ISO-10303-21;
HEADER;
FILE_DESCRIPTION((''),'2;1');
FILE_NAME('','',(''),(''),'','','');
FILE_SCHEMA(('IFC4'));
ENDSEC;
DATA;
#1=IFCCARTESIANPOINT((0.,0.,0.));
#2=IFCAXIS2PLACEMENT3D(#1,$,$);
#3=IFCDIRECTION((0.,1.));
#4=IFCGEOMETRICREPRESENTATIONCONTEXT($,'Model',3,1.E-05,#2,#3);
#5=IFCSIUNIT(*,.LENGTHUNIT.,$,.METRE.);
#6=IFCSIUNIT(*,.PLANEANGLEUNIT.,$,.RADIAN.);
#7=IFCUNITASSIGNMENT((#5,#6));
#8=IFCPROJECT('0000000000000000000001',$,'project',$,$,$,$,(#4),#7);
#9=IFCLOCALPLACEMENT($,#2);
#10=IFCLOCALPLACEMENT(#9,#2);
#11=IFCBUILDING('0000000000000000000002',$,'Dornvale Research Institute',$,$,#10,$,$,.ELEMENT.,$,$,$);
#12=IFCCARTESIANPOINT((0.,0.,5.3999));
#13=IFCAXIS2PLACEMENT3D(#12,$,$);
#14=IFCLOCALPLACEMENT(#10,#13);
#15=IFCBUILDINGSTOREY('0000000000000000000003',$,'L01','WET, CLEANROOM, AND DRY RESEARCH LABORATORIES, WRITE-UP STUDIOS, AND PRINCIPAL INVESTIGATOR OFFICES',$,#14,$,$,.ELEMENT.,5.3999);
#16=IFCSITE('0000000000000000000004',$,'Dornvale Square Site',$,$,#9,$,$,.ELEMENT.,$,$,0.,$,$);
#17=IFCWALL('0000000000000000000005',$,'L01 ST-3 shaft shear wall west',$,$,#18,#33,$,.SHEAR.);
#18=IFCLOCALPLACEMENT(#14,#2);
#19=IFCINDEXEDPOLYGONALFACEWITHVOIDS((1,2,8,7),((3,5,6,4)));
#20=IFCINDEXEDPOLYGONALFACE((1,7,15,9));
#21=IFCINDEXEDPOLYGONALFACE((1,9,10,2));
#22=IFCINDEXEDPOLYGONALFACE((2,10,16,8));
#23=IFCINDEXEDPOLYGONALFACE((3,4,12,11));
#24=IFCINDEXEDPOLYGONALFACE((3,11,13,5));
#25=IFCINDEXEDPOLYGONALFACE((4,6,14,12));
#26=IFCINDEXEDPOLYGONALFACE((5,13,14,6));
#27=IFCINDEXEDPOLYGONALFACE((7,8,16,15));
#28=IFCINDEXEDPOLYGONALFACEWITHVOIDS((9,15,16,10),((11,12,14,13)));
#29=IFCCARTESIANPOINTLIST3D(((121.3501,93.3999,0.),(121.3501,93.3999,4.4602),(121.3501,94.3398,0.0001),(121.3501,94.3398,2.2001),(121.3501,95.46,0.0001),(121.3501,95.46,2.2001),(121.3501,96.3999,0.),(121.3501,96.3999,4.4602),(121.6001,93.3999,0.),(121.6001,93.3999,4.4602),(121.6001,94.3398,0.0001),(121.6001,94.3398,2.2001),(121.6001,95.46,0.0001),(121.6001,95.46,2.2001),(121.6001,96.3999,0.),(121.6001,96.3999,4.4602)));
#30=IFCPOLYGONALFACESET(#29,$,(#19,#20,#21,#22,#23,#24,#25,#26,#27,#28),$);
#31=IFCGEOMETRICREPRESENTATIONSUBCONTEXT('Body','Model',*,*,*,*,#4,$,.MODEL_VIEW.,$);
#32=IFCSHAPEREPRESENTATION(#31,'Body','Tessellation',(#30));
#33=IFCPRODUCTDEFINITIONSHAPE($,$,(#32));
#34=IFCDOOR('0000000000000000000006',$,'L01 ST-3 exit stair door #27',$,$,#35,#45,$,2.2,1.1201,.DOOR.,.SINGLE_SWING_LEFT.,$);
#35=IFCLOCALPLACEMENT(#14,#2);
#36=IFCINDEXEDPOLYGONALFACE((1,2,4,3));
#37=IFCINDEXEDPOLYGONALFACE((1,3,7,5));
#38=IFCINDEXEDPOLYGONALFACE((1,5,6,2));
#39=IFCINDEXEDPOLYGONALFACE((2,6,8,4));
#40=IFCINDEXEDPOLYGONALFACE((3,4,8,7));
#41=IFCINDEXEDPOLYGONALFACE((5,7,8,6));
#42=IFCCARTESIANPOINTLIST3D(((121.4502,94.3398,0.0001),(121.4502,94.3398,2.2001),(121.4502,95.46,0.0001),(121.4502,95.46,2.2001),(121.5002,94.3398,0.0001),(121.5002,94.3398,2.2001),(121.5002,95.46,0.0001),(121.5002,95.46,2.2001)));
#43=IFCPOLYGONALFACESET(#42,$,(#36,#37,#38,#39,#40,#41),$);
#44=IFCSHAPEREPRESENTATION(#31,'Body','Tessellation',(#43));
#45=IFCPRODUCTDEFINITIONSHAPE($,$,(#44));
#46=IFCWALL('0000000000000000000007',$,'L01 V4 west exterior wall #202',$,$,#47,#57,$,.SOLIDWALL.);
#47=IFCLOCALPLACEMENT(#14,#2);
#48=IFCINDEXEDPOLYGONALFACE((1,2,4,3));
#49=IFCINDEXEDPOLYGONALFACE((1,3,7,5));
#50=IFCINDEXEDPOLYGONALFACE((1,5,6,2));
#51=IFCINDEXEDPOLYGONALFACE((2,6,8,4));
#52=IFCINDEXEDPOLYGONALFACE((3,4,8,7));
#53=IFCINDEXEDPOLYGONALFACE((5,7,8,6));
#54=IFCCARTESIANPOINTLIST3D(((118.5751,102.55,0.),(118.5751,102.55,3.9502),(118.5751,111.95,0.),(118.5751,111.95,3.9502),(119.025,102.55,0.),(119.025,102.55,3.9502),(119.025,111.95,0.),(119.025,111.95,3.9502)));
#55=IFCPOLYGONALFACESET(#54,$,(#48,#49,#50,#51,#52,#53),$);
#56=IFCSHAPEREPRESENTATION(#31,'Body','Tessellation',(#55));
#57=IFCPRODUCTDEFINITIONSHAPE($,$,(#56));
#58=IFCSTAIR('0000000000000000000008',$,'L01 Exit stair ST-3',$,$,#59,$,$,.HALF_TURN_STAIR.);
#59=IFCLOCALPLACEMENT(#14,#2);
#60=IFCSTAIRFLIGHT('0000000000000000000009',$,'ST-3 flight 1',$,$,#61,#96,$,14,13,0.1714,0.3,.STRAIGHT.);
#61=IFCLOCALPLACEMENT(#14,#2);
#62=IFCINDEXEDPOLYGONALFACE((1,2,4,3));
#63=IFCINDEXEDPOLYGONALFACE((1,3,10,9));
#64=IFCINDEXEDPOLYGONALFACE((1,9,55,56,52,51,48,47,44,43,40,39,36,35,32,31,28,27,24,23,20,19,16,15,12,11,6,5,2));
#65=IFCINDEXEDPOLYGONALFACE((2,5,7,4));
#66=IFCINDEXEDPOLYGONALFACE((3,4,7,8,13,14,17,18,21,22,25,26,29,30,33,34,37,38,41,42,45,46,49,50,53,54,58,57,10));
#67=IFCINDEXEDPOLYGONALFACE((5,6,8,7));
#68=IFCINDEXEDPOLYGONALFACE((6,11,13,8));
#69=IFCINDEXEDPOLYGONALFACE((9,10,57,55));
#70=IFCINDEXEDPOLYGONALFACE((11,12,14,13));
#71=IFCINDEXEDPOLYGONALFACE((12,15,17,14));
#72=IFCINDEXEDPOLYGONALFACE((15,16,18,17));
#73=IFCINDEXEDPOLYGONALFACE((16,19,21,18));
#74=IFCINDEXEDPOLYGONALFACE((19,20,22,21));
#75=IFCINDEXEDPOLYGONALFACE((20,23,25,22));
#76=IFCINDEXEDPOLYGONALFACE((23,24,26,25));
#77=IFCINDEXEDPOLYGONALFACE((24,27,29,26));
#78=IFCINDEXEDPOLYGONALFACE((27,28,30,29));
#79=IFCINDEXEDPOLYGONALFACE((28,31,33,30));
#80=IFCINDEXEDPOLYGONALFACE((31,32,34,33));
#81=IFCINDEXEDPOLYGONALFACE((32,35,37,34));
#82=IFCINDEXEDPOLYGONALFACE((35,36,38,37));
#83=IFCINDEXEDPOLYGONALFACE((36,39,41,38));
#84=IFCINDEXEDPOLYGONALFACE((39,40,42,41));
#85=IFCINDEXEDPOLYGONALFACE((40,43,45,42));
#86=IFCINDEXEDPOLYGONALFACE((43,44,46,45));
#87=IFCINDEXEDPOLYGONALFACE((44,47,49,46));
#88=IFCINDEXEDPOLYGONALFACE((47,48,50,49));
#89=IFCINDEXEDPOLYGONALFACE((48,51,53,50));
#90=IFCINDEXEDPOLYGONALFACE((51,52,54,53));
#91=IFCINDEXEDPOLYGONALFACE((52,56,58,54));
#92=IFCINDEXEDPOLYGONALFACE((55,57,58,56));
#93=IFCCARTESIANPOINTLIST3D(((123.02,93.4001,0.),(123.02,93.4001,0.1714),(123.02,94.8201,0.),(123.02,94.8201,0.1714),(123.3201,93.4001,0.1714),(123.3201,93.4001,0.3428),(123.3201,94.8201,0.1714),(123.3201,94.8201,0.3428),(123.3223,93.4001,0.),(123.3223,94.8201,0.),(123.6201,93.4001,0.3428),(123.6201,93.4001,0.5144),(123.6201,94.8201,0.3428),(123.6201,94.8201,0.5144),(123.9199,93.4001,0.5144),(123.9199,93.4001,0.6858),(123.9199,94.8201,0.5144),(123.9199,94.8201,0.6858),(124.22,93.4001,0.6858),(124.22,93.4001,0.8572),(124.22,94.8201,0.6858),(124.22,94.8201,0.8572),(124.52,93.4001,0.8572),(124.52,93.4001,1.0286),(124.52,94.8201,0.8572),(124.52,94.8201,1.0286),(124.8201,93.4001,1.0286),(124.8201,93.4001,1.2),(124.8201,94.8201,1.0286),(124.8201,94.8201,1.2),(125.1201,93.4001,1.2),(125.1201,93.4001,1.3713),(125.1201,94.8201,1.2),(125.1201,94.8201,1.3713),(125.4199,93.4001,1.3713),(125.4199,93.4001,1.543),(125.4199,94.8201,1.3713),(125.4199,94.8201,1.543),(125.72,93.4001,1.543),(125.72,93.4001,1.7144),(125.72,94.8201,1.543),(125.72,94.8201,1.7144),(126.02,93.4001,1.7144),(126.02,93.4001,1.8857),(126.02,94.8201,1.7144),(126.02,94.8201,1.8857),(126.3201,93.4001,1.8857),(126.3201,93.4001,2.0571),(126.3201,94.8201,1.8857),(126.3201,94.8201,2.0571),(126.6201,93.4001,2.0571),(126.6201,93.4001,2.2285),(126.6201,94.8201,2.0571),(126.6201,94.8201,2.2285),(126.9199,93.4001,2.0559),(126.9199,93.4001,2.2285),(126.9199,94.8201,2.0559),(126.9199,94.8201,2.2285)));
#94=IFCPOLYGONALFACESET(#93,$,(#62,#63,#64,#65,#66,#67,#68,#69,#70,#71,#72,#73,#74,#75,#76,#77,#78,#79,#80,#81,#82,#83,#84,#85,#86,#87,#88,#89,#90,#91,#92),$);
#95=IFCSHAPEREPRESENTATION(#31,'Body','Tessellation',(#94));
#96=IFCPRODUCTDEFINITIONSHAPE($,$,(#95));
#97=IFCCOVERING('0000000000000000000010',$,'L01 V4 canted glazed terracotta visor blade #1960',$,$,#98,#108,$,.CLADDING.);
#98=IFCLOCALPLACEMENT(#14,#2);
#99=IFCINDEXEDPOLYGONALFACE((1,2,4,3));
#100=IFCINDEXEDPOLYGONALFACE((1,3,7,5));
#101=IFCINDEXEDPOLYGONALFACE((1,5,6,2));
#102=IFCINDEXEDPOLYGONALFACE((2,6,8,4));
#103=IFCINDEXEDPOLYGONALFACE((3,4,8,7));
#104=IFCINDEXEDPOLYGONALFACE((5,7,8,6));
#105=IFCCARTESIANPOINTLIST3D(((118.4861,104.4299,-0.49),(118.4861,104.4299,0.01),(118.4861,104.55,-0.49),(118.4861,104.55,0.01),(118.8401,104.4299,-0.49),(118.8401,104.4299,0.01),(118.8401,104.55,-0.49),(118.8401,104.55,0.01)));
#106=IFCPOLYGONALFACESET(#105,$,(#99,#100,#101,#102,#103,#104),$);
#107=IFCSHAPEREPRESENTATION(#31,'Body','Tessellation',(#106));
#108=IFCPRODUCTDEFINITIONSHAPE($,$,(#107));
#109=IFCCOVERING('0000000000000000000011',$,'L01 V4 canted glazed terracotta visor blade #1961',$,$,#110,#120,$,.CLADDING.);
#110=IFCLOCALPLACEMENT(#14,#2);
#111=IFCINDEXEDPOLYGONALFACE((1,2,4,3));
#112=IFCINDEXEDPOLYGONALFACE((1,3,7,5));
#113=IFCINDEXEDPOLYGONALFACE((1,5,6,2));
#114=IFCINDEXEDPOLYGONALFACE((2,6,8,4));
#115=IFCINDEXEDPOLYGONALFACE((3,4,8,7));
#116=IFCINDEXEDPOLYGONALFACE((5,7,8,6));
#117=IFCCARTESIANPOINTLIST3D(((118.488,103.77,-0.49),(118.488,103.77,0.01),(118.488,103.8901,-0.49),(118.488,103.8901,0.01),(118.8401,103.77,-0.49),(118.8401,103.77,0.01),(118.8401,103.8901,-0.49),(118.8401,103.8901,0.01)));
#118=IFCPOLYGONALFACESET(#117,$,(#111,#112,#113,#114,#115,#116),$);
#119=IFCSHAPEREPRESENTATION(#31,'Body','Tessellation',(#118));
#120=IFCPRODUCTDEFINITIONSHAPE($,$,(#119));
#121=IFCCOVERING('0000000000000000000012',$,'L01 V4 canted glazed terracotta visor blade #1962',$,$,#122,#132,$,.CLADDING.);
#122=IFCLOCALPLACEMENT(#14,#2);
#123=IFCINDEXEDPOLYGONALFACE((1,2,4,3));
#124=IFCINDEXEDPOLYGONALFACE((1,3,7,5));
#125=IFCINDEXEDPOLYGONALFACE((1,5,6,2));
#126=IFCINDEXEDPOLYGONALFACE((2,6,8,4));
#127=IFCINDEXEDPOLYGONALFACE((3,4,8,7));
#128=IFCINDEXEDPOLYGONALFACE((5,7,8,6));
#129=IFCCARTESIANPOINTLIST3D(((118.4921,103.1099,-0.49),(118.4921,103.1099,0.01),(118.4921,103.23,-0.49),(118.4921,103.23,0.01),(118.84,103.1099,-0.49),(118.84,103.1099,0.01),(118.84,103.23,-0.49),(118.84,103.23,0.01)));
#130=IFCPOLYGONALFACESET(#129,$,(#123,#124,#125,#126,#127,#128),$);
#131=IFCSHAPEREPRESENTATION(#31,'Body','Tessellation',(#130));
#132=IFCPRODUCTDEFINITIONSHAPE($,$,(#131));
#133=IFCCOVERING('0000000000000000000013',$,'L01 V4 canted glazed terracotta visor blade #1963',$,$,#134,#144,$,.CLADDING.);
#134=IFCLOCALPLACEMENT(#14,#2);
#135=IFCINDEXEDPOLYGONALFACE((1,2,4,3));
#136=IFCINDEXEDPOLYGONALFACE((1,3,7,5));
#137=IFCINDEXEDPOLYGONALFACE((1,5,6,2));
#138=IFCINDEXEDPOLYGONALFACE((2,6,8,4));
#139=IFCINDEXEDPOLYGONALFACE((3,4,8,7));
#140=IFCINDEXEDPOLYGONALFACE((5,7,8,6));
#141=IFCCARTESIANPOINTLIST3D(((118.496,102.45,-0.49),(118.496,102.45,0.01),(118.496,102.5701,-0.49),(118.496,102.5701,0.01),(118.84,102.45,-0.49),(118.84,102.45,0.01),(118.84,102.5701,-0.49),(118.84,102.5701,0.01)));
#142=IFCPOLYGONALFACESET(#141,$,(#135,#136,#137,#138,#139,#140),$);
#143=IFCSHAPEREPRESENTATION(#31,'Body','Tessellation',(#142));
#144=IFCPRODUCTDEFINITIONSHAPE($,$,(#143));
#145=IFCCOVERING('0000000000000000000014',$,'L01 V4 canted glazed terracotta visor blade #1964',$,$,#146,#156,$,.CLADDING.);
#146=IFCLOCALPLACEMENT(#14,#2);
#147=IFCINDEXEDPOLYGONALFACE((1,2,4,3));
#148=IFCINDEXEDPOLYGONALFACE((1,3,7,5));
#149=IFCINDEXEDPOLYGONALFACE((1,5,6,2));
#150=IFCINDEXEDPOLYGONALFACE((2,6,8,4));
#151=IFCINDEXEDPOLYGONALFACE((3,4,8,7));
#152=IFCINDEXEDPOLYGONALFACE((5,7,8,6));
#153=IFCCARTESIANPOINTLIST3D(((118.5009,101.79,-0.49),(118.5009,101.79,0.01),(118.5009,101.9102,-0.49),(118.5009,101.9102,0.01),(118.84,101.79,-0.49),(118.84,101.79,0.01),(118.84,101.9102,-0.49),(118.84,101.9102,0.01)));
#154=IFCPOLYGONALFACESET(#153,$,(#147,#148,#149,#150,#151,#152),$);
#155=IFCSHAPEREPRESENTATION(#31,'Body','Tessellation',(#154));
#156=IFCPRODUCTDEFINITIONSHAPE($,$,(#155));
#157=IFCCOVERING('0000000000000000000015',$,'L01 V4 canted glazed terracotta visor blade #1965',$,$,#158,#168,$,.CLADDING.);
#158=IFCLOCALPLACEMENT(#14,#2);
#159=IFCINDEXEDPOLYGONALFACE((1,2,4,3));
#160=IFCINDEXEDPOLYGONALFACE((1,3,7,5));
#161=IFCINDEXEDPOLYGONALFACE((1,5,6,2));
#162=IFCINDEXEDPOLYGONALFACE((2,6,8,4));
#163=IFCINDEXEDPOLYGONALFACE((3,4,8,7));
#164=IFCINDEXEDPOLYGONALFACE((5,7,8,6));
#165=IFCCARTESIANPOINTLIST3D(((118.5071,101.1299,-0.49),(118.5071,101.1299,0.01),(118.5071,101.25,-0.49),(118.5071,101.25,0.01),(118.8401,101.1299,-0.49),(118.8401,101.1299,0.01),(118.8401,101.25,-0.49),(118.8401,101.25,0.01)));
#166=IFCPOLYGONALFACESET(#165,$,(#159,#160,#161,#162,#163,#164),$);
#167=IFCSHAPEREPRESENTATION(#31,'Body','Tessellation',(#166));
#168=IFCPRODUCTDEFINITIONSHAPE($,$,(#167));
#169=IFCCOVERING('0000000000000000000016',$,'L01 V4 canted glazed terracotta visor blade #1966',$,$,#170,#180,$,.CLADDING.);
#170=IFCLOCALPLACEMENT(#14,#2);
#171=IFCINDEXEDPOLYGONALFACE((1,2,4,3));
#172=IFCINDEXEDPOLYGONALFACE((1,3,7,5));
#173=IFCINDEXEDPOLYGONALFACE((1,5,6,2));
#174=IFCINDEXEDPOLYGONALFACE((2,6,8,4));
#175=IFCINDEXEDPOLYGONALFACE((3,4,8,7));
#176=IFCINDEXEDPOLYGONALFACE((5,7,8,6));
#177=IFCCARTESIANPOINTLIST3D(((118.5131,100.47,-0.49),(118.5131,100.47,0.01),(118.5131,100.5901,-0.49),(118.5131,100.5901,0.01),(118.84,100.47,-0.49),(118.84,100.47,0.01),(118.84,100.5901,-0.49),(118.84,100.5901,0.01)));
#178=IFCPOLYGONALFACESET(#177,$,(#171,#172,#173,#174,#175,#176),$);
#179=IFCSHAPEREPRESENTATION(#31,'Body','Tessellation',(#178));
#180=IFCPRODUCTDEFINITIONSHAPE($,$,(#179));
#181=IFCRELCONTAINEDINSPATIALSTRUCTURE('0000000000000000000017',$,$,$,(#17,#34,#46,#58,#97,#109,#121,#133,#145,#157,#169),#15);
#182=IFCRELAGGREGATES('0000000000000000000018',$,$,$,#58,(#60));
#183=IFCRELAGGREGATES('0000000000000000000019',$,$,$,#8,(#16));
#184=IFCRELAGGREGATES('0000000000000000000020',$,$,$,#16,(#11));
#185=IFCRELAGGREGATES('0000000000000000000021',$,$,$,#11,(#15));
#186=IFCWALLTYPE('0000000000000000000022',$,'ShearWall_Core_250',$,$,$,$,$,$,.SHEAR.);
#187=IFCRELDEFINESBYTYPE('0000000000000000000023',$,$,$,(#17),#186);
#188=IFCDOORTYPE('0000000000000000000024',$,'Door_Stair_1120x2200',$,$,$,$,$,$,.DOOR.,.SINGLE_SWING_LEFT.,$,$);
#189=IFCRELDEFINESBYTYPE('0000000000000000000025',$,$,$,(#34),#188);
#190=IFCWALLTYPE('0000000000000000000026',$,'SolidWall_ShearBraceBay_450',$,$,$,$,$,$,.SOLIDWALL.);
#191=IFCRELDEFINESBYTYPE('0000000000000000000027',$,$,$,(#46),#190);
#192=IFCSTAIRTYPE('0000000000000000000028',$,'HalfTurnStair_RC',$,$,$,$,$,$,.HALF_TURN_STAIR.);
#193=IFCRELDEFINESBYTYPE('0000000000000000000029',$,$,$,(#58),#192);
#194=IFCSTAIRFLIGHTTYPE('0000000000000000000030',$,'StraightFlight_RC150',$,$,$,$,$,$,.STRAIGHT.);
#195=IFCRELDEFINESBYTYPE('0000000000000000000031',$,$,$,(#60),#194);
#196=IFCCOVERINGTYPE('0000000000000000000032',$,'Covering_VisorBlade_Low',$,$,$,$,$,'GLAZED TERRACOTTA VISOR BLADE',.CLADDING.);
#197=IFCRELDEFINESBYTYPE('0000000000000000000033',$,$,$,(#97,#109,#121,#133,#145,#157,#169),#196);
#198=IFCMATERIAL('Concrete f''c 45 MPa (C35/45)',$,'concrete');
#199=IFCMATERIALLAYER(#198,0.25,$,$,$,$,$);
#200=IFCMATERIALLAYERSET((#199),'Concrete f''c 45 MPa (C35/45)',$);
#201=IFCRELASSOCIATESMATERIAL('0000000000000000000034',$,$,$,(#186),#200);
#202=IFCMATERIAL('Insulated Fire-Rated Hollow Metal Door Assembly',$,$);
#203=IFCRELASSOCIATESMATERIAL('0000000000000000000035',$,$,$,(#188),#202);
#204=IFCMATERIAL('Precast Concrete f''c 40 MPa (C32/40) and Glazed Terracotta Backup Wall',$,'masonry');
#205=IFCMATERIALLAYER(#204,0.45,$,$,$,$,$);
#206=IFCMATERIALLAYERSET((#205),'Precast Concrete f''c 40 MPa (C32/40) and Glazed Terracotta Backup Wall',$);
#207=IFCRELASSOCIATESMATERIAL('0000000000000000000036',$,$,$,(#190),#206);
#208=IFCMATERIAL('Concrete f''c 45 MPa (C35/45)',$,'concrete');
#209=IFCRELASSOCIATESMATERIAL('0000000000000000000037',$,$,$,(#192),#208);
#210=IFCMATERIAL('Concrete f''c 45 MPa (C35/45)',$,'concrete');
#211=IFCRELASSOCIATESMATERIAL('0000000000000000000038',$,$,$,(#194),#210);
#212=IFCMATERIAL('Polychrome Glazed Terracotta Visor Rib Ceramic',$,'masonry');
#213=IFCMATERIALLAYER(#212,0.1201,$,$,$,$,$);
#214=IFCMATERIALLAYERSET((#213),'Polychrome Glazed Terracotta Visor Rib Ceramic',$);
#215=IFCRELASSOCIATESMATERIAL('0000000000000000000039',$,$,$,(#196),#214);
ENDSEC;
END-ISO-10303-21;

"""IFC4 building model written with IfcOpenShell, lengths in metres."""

from ifc_helpers import new_model, si_unit, direction, frame, frame_2d, origin, origin_2d, place, context, subcontext, project, spatial, polyline, rectangle, outline, extrude, material, layer, layer_set, type_object, element, fill, aggregate, save


model = new_model("IFC4")

# Units and contexts
model_context = context("Model", 3, precision=1e-05, world=origin(), true_north=direction((0.0, 1.0)))
body_context = subcontext(model_context, "Body", "Model", "MODEL_VIEW")
ifc_project = project(units=[si_unit("LENGTHUNIT", "METRE"), si_unit("PLANEANGLEUNIT", "RADIAN")], contexts=[model_context])

# Site, building, storey
site_placement = place(None, origin())
site = spatial("IfcSite", under=ifc_project, at=site_placement, Name="Dornvale Square Site", CompositionType="ELEMENT", RefElevation=0.0)
building_placement = place(site_placement, origin())
building = spatial("IfcBuilding", under=site, at=building_placement, Name="Dornvale Research Institute", CompositionType="ELEMENT")
storey_placement = place(building_placement, frame((0.0, 0.0, 5.3999)))
storey = spatial("IfcBuildingStorey", under=building, at=storey_placement, Name="L01", Description="WET, CLEANROOM, AND DRY RESEARCH LABORATORIES, WRITE-UP STUDIOS, AND PRINCIPAL INVESTIGATOR OFFICES", CompositionType="ELEMENT", Elevation=5.3999)

# Shared definitions
ifc_material_1 = material(Name="Concrete f'c 45 MPa (C35/45)", Category="concrete")
ifc_layer_1 = layer(ifc_material_1, 0.25)
ifc_layer_set_1 = layer_set([ifc_layer_1], Name="Concrete f'c 45 MPa (C35/45)")
wall_type_1 = type_object("IfcWallType", Name="ShearWall_Core_250", PredefinedType="SHEAR", material=ifc_layer_set_1)

# Wall, opening, door
wall_1_placement = place(storey_placement, frame((121.4751, 93.3999, 0.0), z_axis=(0.0, 0.0, 1.0), x_axis=(0.0, 1.0, 0.0)))
wall_1 = element("IfcWall", 1, at=wall_1_placement, inside=storey, type_object=wall_type_1, Name="L01 ST-3 shaft shear wall west", PredefinedType="SHEAR", context=body_context, shape_type="SweptSolid", body=[
    extrude(rectangle(XDim=3.0, YDim=0.25, at=frame_2d((1.5, 0.0))), origin(), (0.0, 0.0, 1.0), 4.4602),
])
opening_placement = place(wall_1_placement, frame((0.9399, 0.0, 0.0)))
opening = element("IfcOpeningElement", 2, at=opening_placement, cuts=wall_1, PredefinedType="OPENING", context=body_context, shape_type="SweptSolid", body=[
    extrude(rectangle(XDim=1.1201, YDim=2.2, at=frame_2d((0.5601, 1.1001))), frame((0.0, 0.1399, 0.0), z_axis=(0.0, -1.0, 0.0), x_axis=(1.0, 0.0, 0.0)), (0.0, 0.0, 1.0), 0.28),
])
ifc_material_2 = material(Name="Insulated Fire-Rated Hollow Metal Door Assembly")
door_type = type_object("IfcDoorType", Name="Door_Stair_1120x2200", OperationType="SINGLE_SWING_LEFT", PredefinedType="DOOR", material=ifc_material_2)
door_placement = place(opening_placement, origin())
door = element("IfcDoor", 3, at=door_placement, inside=storey, type_object=door_type, Name="L01 ST-3 exit stair door #27", OperationType="SINGLE_SWING_LEFT", OverallHeight=2.2, OverallWidth=1.1201, PredefinedType="DOOR", context=body_context, shape_type="SweptSolid", body=[
    extrude(rectangle(XDim=1.1201, YDim=2.2, at=frame_2d((0.5601, 1.1001))), frame((0.0, 0.0249, 0.0), z_axis=(0.0, -1.0, 0.0), x_axis=(1.0, 0.0, 0.0)), (0.0, 0.0, 1.0), 0.05),
])
fill(opening, door)

# Wall
ifc_material_3 = material(Name="Precast Concrete f'c 40 MPa (C32/40) and Glazed Terracotta Backup Wall", Category="masonry")
ifc_layer_2 = layer(ifc_material_3, 0.45)
ifc_layer_set_2 = layer_set([ifc_layer_2], Name="Precast Concrete f'c 40 MPa (C32/40) and Glazed Terracotta Backup Wall")
wall_type_2 = type_object("IfcWallType", Name="SolidWall_ShearBraceBay_450", PredefinedType="SOLIDWALL", material=ifc_layer_set_2)
wall_2_placement = place(storey_placement, frame((118.8, 102.55, 0.0), z_axis=(0.0, 0.0, 1.0), x_axis=(0.0, 1.0, 0.0)))
element("IfcWall", 4, at=wall_2_placement, inside=storey, type_object=wall_type_2, Name="L01 V4 west exterior wall #202", PredefinedType="SOLIDWALL", context=body_context, shape_type="SweptSolid", body=[
    extrude(rectangle(XDim=9.3999, YDim=0.45, at=frame_2d((4.7, 0.0))), origin(), (0.0, 0.0, 1.0), 3.9502),
])

# Stair, stair flight
ifc_material_4 = material(Name="Concrete f'c 45 MPa (C35/45)", Category="concrete")
stair_type = type_object("IfcStairType", Name="HalfTurnStair_RC", PredefinedType="HALF_TURN_STAIR", material=ifc_material_4)
stair_placement = place(storey_placement, origin())
stair = element("IfcStair", 5, at=stair_placement, inside=storey, type_object=stair_type, Name="L01 Exit stair ST-3", PredefinedType="HALF_TURN_STAIR")
ifc_material_5 = material(Name="Concrete f'c 45 MPa (C35/45)", Category="concrete")
stair_flight_type = type_object("IfcStairFlightType", Name="StraightFlight_RC150", PredefinedType="STRAIGHT", material=ifc_material_5)
stair_flight_placement = place(storey_placement, frame((123.02, 94.1101, 0.0), z_axis=(0.0, 0.0, 1.0), x_axis=(1.0, 0.0, 0.0)))
stair_flight = element("IfcStairFlight", 6, at=stair_flight_placement, type_object=stair_flight_type, Name="ST-3 flight 1", NumberOfRisers=14, NumberOfTreads=13, PredefinedType="STRAIGHT", RiserHeight=0.1714, TreadLength=0.3, context=body_context, shape_type="SweptSolid", body=[
    extrude(outline(polyline([(0.0, 0.0), (0.0, 0.1714), (0.3, 0.1714), (0.3, 0.3428), (0.6001, 0.3428), (0.6001, 0.5144), (0.8999, 0.5144), (0.8999, 0.6858), (1.2, 0.6858), (1.2, 0.8572), (1.5, 0.8572), (1.5, 1.0286), (1.8, 1.0286), (1.8, 1.2), (2.1001, 1.2), (2.1001, 1.3713), (2.3999, 1.3713), (2.3999, 1.543), (2.7, 1.543), (2.7, 1.7144), (3.0, 1.7144), (3.0, 1.8857), (3.3, 1.8857), (3.3, 2.0571), (3.6001, 2.0571), (3.6001, 2.2285), (3.8999, 2.2285), (3.8999, 2.3999), (3.8999, 2.0559), (0.3022, 0.0), (0.0, 0.0)])), frame((0.0, 0.71, 0.0), z_axis=(0.0, -1.0, 0.0), x_axis=(1.0, 0.0, 0.0)), (0.0, 0.0, 1.0), 1.4199),
])
aggregate(stair, [stair_flight])

# Coverings
ifc_material_6 = material(Name="Polychrome Glazed Terracotta Visor Rib Ceramic", Category="masonry")
ifc_layer_3 = layer(ifc_material_6, 0.1201)
ifc_layer_set_3 = layer_set([ifc_layer_3], Name="Polychrome Glazed Terracotta Visor Rib Ceramic")
covering_type = type_object("IfcCoveringType", Name="Covering_VisorBlade_Low", ElementType="GLAZED TERRACOTTA VISOR BLADE", PredefinedType="CLADDING", material=ifc_layer_set_3)
covering_1_placement = place(storey_placement, frame((118.6631, 104.49, -0.49), z_axis=(0.0, 0.0, 1.0), x_axis=(1.0, 0.0, 0.0)))
element("IfcCovering", 7, at=covering_1_placement, inside=storey, type_object=covering_type, Name="L01 V4 canted glazed terracotta visor blade #1960", PredefinedType="CLADDING", context=body_context, shape_type="SweptSolid", body=[
    extrude(rectangle(XDim=0.354, YDim=0.1201, at=origin_2d()), origin(), (0.0, 0.0, 1.0), 0.5),
])
covering_2_placement = place(storey_placement, frame((118.6641, 103.8301, -0.49), z_axis=(0.0, 0.0, 1.0), x_axis=(1.0, 0.0, 0.0)))
element("IfcCovering", 8, at=covering_2_placement, inside=storey, type_object=covering_type, Name="L01 V4 canted glazed terracotta visor blade #1961", PredefinedType="CLADDING", context=body_context, shape_type="SweptSolid", body=[
    extrude(rectangle(XDim=0.3521, YDim=0.1201, at=origin_2d()), origin(), (0.0, 0.0, 1.0), 0.5),
])
covering_3_placement = place(storey_placement, frame((118.666, 103.1699, -0.49), z_axis=(0.0, 0.0, 1.0), x_axis=(1.0, 0.0, 0.0)))
element("IfcCovering", 9, at=covering_3_placement, inside=storey, type_object=covering_type, Name="L01 V4 canted glazed terracotta visor blade #1962", PredefinedType="CLADDING", context=body_context, shape_type="SweptSolid", body=[
    extrude(rectangle(XDim=0.3479, YDim=0.1201, at=origin_2d()), origin(), (0.0, 0.0, 1.0), 0.5),
])
covering_4_placement = place(storey_placement, frame((118.668, 102.51, -0.49), z_axis=(0.0, 0.0, 1.0), x_axis=(1.0, 0.0, 0.0)))
element("IfcCovering", 10, at=covering_4_placement, inside=storey, type_object=covering_type, Name="L01 V4 canted glazed terracotta visor blade #1963", PredefinedType="CLADDING", context=body_context, shape_type="SweptSolid", body=[
    extrude(rectangle(XDim=0.344, YDim=0.1201, at=origin_2d()), origin(), (0.0, 0.0, 1.0), 0.5),
])
covering_5_placement = place(storey_placement, frame((118.6704, 101.8501, -0.49), z_axis=(0.0, 0.0, 1.0), x_axis=(1.0, 0.0, 0.0)))
element("IfcCovering", 11, at=covering_5_placement, inside=storey, type_object=covering_type, Name="L01 V4 canted glazed terracotta visor blade #1964", PredefinedType="CLADDING", context=body_context, shape_type="SweptSolid", body=[
    extrude(rectangle(XDim=0.3391, YDim=0.1201, at=origin_2d()), origin(), (0.0, 0.0, 1.0), 0.5),
])
covering_6_placement = place(storey_placement, frame((118.6736, 101.1899, -0.49), z_axis=(0.0, 0.0, 1.0), x_axis=(1.0, 0.0, 0.0)))
element("IfcCovering", 12, at=covering_6_placement, inside=storey, type_object=covering_type, Name="L01 V4 canted glazed terracotta visor blade #1965", PredefinedType="CLADDING", context=body_context, shape_type="SweptSolid", body=[
    extrude(rectangle(XDim=0.333, YDim=0.1201, at=origin_2d()), origin(), (0.0, 0.0, 1.0), 0.5),
])
covering_7_placement = place(storey_placement, frame((118.6765, 100.53, -0.49), z_axis=(0.0, 0.0, 1.0), x_axis=(1.0, 0.0, 0.0)))
element("IfcCovering", 13, at=covering_7_placement, inside=storey, type_object=covering_type, Name="L01 V4 canted glazed terracotta visor blade #1966", PredefinedType="CLADDING", context=body_context, shape_type="SweptSolid", body=[
    extrude(rectangle(XDim=0.3269, YDim=0.1201, at=origin_2d()), origin(), (0.0, 0.0, 1.0), 0.5),
])

save(model, "model.ifc")
